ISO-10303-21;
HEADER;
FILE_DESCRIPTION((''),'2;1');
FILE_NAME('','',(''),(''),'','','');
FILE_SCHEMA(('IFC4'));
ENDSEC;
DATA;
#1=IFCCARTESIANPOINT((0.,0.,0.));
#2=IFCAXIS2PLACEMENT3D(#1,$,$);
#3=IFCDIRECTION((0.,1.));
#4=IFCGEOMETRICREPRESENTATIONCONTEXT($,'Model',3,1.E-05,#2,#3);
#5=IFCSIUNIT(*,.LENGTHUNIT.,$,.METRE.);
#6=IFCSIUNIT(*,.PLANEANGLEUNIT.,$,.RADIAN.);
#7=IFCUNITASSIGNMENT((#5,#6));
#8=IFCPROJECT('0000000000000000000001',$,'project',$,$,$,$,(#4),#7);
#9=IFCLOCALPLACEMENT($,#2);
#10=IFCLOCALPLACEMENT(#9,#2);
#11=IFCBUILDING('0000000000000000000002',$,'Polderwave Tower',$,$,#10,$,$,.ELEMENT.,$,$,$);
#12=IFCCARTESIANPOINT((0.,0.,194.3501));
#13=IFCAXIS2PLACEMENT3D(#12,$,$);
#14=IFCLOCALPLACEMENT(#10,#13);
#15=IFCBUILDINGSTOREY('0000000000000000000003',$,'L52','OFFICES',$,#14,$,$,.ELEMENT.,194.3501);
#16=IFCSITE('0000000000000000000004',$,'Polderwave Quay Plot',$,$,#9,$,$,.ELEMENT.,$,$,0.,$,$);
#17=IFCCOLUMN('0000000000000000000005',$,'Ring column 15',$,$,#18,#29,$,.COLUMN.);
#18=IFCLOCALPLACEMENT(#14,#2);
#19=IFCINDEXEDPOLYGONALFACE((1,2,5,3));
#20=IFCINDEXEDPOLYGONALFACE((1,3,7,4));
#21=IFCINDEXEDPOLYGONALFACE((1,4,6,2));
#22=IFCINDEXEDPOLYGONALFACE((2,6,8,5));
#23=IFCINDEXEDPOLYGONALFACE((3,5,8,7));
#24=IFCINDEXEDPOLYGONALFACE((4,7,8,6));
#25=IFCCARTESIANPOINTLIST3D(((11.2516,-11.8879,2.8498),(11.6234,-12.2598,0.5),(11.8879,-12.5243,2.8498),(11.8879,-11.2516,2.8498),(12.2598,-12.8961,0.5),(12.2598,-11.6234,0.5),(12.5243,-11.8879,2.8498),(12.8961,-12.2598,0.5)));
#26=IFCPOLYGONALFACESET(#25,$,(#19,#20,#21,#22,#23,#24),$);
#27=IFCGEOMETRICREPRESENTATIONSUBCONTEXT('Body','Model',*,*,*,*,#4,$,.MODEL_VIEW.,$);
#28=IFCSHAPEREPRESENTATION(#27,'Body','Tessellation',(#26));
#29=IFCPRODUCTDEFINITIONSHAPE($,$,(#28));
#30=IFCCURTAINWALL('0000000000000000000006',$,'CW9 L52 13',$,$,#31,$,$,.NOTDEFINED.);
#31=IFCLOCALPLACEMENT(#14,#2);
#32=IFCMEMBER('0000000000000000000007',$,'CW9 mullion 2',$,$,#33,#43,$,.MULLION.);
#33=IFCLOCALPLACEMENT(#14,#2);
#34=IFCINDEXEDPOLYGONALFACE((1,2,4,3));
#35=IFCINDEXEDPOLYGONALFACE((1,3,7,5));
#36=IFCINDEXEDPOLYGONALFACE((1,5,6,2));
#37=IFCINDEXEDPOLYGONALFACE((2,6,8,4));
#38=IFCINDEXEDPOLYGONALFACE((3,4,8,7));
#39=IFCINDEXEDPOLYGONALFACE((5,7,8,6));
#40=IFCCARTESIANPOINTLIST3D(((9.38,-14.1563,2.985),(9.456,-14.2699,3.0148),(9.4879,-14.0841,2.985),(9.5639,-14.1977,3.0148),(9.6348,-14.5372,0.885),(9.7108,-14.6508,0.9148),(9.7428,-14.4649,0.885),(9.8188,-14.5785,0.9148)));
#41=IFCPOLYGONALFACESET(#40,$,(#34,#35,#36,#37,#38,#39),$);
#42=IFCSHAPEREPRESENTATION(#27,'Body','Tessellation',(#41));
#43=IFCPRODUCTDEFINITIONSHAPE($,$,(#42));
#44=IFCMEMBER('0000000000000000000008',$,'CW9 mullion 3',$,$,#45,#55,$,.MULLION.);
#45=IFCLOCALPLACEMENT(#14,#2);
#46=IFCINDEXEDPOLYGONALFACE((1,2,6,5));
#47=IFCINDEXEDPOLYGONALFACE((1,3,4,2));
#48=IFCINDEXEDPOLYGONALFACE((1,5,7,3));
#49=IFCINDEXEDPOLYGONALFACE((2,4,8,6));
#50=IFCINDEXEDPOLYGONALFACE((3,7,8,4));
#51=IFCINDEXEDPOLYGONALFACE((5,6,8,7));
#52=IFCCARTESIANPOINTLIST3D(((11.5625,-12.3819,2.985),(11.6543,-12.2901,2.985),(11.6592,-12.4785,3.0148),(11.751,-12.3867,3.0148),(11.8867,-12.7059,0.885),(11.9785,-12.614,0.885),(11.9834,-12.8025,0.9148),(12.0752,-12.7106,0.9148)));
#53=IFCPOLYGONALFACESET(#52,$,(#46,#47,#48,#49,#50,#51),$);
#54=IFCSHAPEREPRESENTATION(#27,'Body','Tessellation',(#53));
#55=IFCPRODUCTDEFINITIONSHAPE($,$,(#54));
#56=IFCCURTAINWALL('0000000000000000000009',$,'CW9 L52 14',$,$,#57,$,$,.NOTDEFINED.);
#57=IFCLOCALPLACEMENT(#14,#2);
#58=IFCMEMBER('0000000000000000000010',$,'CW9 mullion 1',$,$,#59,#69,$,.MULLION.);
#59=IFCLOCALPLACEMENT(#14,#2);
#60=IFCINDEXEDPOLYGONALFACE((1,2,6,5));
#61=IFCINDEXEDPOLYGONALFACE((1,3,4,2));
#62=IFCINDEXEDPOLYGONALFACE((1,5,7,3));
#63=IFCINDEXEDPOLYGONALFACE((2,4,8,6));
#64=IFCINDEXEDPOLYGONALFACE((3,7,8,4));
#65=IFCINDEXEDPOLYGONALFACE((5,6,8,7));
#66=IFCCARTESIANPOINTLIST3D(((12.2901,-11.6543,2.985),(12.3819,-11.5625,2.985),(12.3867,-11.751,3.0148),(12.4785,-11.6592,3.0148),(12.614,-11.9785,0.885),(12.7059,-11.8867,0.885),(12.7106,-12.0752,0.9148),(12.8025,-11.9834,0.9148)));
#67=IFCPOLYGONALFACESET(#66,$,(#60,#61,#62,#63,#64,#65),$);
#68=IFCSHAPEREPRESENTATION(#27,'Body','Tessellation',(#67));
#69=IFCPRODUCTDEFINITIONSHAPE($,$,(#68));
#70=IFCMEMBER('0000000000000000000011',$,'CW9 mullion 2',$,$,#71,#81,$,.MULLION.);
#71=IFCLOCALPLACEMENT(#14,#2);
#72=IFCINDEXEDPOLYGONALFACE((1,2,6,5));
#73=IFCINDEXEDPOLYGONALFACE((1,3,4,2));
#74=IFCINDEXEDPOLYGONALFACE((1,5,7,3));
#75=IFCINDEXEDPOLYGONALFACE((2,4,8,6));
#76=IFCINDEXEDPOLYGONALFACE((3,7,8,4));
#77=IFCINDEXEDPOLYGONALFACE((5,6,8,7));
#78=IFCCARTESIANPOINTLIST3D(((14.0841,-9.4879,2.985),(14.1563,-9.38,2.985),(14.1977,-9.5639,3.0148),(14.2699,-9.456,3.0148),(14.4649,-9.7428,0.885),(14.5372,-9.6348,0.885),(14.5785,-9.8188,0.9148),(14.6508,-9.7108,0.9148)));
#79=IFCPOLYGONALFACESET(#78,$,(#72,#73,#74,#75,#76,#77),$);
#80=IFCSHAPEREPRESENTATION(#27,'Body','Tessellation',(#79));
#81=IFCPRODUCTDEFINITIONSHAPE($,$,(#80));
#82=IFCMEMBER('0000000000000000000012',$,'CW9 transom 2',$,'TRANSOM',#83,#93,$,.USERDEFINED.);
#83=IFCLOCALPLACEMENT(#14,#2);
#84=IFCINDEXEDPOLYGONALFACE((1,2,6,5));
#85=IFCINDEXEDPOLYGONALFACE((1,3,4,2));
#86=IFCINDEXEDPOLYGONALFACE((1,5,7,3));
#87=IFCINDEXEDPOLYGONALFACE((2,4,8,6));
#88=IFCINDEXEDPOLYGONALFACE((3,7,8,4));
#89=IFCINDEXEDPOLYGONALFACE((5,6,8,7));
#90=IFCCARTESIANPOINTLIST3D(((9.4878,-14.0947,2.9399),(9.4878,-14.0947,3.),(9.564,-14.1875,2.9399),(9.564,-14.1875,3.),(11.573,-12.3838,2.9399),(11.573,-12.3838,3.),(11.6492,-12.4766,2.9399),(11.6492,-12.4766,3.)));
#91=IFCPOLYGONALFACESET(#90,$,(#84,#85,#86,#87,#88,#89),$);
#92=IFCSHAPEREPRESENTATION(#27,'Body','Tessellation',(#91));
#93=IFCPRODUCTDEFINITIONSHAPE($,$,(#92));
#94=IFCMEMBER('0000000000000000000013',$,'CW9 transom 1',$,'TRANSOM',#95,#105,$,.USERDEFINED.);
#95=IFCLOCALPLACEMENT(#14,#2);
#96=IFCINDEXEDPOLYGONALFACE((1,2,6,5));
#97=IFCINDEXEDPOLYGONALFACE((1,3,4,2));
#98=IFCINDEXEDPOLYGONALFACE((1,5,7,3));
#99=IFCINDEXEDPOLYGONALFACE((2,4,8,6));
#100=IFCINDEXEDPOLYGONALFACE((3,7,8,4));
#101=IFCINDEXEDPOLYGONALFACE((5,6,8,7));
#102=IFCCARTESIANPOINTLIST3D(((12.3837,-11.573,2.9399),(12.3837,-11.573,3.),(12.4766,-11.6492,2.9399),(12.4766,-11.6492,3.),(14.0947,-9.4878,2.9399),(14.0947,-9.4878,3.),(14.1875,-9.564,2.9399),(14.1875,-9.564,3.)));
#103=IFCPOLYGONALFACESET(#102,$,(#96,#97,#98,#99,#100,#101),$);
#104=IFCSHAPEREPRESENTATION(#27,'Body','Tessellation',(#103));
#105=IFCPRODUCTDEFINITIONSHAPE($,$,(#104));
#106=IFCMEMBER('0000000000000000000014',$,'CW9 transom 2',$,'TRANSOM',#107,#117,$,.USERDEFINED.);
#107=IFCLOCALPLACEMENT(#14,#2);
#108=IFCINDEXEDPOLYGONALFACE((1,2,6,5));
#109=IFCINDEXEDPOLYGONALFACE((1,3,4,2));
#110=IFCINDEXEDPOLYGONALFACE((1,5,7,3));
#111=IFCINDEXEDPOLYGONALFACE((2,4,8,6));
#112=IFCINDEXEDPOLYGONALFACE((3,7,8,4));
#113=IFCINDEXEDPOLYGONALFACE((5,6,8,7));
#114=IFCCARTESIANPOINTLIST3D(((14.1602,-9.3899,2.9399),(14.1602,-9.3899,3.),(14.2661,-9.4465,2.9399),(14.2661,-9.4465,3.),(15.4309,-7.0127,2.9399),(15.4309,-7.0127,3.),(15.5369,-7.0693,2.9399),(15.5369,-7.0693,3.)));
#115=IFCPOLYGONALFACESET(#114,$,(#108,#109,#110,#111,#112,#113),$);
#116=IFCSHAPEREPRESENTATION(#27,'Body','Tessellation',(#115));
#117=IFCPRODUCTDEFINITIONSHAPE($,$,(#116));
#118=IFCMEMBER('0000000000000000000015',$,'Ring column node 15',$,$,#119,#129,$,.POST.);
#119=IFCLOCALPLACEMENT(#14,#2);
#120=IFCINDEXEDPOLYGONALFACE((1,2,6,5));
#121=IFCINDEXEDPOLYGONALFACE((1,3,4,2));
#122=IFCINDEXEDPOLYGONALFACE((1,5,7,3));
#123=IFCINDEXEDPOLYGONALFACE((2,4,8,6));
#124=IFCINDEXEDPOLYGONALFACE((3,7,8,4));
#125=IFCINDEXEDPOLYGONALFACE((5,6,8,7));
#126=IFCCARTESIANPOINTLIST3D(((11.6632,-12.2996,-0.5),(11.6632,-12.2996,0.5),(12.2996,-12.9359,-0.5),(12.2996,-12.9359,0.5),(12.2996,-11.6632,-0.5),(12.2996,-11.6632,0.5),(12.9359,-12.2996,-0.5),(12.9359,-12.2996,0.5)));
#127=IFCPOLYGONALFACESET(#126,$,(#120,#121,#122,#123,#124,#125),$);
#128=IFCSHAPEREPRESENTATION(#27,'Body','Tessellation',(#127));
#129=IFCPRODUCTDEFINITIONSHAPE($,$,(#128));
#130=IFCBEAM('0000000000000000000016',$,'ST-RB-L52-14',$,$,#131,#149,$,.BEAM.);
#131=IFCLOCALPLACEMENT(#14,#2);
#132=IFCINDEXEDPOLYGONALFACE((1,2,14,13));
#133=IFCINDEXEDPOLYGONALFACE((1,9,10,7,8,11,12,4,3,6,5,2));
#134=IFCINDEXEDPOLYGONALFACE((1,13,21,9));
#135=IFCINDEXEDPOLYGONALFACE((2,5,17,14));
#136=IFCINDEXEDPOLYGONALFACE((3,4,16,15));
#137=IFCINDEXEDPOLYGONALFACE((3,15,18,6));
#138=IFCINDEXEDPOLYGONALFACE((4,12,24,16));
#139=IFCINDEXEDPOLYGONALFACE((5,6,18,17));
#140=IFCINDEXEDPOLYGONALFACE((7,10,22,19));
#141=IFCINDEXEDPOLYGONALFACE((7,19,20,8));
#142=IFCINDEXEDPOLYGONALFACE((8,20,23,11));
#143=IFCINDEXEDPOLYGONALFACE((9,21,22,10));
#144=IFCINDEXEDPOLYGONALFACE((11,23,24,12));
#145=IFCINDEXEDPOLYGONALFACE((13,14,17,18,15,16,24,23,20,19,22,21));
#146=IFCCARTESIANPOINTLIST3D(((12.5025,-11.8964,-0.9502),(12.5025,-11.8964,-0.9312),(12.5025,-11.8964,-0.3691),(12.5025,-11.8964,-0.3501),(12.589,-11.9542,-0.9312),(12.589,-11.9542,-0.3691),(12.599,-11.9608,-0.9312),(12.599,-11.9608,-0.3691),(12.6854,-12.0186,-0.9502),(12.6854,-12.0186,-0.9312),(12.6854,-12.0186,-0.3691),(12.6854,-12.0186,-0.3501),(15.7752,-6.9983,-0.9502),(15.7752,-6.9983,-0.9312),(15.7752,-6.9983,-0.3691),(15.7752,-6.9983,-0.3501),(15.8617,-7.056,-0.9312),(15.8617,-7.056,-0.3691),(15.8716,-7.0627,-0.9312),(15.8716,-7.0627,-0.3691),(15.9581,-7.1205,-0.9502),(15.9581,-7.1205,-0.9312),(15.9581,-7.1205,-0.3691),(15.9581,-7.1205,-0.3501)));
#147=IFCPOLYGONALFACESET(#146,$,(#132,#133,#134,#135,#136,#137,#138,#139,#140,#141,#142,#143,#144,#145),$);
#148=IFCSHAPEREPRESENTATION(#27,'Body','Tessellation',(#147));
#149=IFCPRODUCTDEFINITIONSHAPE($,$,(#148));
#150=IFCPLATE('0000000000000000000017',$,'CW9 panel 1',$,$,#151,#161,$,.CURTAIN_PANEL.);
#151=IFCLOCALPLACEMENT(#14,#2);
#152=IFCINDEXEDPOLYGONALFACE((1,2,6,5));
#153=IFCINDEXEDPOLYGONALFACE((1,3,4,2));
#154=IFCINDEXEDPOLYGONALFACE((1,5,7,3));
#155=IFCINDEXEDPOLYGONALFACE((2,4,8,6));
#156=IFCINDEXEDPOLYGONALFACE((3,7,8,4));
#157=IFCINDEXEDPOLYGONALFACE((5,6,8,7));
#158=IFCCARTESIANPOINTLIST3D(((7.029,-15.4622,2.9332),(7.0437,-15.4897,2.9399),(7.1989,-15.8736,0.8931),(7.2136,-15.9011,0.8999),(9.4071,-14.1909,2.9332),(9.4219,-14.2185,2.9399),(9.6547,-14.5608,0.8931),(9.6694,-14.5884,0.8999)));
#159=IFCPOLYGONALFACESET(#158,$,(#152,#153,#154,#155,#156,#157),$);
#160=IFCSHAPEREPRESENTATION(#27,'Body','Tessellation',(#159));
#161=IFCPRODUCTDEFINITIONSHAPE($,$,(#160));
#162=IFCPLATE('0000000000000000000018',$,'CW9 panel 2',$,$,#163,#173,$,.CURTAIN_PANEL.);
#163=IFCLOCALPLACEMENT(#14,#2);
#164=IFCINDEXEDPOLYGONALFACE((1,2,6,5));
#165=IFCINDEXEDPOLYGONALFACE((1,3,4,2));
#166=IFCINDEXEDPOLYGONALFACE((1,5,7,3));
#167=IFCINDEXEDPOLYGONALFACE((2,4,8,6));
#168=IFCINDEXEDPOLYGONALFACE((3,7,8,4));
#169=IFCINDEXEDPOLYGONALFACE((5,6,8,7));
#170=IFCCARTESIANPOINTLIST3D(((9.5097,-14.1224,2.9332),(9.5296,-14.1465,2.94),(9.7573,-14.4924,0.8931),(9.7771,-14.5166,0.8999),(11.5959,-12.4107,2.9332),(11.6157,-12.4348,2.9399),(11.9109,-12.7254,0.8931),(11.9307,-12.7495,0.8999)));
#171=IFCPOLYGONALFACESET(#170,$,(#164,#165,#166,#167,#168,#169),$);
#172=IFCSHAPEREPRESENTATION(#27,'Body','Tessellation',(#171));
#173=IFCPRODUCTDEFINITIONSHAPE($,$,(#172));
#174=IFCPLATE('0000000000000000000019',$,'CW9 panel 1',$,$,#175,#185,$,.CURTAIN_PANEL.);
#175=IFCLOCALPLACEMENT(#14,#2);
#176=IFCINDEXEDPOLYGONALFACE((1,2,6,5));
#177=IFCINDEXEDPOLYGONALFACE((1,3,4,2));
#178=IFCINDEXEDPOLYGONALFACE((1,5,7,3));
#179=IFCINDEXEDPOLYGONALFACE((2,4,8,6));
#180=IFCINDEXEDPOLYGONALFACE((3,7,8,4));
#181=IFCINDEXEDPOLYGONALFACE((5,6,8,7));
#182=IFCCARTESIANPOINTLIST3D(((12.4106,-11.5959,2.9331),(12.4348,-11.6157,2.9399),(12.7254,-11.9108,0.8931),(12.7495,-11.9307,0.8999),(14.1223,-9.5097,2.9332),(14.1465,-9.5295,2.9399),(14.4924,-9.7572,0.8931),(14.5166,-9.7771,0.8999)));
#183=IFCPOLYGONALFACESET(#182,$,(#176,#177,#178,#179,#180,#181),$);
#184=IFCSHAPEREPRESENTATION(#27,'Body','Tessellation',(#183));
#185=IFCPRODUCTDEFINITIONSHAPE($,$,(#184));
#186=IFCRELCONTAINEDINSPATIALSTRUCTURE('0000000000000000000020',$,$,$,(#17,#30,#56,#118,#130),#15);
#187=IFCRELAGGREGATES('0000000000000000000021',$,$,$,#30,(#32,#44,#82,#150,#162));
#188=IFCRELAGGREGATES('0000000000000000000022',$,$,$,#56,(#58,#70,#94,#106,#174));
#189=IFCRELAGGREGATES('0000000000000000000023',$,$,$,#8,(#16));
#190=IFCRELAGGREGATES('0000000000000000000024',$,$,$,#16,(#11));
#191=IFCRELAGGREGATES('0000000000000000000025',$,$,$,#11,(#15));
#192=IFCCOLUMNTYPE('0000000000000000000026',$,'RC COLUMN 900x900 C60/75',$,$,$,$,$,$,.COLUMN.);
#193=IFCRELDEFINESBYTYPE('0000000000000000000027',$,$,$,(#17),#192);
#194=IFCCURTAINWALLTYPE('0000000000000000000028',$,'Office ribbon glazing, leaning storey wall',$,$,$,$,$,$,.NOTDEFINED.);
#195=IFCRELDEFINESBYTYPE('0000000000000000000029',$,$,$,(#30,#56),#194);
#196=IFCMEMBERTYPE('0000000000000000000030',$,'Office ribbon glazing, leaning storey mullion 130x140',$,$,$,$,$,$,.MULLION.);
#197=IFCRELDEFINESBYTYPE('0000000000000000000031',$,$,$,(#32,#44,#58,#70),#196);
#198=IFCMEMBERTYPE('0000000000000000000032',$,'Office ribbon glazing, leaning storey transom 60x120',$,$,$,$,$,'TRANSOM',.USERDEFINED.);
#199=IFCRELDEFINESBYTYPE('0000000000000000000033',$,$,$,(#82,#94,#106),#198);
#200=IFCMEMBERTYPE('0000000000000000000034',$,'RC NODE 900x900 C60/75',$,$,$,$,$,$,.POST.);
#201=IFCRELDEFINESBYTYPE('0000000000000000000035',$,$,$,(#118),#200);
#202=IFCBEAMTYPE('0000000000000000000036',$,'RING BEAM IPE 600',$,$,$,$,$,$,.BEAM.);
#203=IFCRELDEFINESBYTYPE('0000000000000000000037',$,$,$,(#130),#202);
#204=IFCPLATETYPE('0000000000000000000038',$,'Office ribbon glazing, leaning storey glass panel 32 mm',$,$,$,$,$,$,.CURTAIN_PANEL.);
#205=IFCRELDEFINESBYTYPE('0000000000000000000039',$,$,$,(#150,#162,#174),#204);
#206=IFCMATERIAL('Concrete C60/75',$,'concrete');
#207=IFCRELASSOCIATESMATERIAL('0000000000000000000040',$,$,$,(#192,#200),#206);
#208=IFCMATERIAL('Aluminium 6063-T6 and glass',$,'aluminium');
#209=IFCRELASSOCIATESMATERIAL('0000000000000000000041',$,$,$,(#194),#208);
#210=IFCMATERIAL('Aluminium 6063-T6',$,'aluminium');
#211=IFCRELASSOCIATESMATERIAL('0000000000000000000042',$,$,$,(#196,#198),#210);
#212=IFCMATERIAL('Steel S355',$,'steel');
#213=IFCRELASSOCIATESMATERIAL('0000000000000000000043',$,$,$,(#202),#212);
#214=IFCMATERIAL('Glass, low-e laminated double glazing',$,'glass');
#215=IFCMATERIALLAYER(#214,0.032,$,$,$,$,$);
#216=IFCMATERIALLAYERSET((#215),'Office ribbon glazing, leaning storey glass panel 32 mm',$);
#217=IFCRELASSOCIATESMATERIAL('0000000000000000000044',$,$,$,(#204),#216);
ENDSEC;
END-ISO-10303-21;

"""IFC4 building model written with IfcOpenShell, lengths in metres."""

from ifc_helpers import new_model, si_unit, direction, frame, origin, origin_2d, place, context, subcontext, project, spatial, polyline, rectangle, i_section, outline, extrude, material, layer, layer_set, material_profile, profile_set, type_object, element, aggregate, save


model = new_model("IFC4")

# Units and contexts
model_context = context("Model", 3, precision=1e-05, world=origin(), true_north=direction((0.0, 1.0)))
body_context = subcontext(model_context, "Body", "Model", "MODEL_VIEW")
ifc_project = project(units=[si_unit("LENGTHUNIT", "METRE"), si_unit("PLANEANGLEUNIT", "RADIAN")], contexts=[model_context])

# Site, building, storey
site_placement = place(None, origin())
site = spatial("IfcSite", under=ifc_project, at=site_placement, Name="Polderwave Quay Plot", CompositionType="ELEMENT", RefElevation=0.0)
building_placement = place(site_placement, origin())
building = spatial("IfcBuilding", under=site, at=building_placement, Name="Polderwave Tower", CompositionType="ELEMENT")
storey_placement = place(building_placement, frame((0.0, 0.0, 194.3501)))
storey = spatial("IfcBuildingStorey", under=building, at=storey_placement, Name="L52", Description="OFFICES", CompositionType="ELEMENT", Elevation=194.3501)

# Column
ifc_material_1 = material(Name="Concrete C60/75", Category="concrete")
ifc_material_profile_1 = material_profile(ifc_material_1, rectangle(XDim=0.8999, YDim=0.8999, at=origin_2d()), Name="RC 900x900")
ifc_profile_set_1 = profile_set([ifc_material_profile_1], Name="Concrete C60/75")
column_type = type_object("IfcColumnType", Name="RC COLUMN 900x900 C60/75", PredefinedType="COLUMN", material=ifc_profile_set_1)
column_placement = place(storey_placement, frame((12.2598, -12.2598, 0.5), z_axis=(0.0, 0.0, 1.0), x_axis=(-0.707107, -0.707107, 0.0)))
element("IfcColumn", 1, at=column_placement, inside=storey, type_object=column_type, Name="Ring column 15", PredefinedType="COLUMN", context=body_context, shape_type="SweptSolid", body=[
    extrude(rectangle(XDim=0.8999, YDim=0.8999, at=origin_2d()), origin(), (0.0, -0.218375, 0.975865), 2.408),
])

# Curtain walls, members
ifc_material_2 = material(Name="Aluminium 6063-T6 and glass", Category="aluminium")
curtain_wall_type = type_object("IfcCurtainWallType", Name="Office ribbon glazing, leaning storey wall", PredefinedType="NOTDEFINED", material=ifc_material_2)
curtain_wall_1_placement = place(storey_placement, origin())
curtain_wall_1 = element("IfcCurtainWall", 2, at=curtain_wall_1_placement, inside=storey, type_object=curtain_wall_type, Name="CW9 L52 13", PredefinedType="NOTDEFINED")
ifc_material_3 = material(Name="Aluminium 6063-T6", Category="aluminium")
ifc_material_profile_2 = material_profile(ifc_material_3, rectangle(XDim=0.1299, YDim=0.1399, at=origin_2d()), Name="AL 130x140")
ifc_profile_set_2 = profile_set([ifc_material_profile_2], Name="Aluminium 6063-T6")
member_type_1 = type_object("IfcMemberType", Name="Office ribbon glazing, leaning storey mullion 130x140", PredefinedType="MULLION", material=ifc_profile_set_2)
member_1_placement = place(storey_placement, frame((9.7268, -14.5579, 0.8999), z_axis=(-0.118577, 0.177184, 0.977008), x_axis=(-0.831065, -0.556175, 0.0)))
member_1 = element("IfcMember", 3, at=member_1_placement, type_object=member_type_1, Name="CW9 mullion 2", PredefinedType="MULLION", context=body_context, shape_type="SweptSolid", body=[
    extrude(rectangle(XDim=0.1299, YDim=0.1399, at=origin_2d()), origin(), (0.0, 0.0, 1.0), 2.1494),
])
member_2_placement = place(storey_placement, frame((11.981, -12.7083, 0.8999), z_axis=(-0.150832, 0.150719, 0.977002), x_axis=(-0.70684, -0.707373, 0.0)))
member_2 = element("IfcMember", 4, at=member_2_placement, type_object=member_type_1, Name="CW9 mullion 3", PredefinedType="MULLION", context=body_context, shape_type="SweptSolid", body=[
    extrude(rectangle(XDim=0.1299, YDim=0.1399, at=origin_2d()), origin(), (0.0, 0.0, 1.0), 2.1494),
])
curtain_wall_2_placement = place(storey_placement, origin())
curtain_wall_2 = element("IfcCurtainWall", 5, at=curtain_wall_2_placement, inside=storey, type_object=curtain_wall_type, Name="CW9 L52 14", PredefinedType="NOTDEFINED")
member_3_placement = place(storey_placement, frame((12.7083, -11.981, 0.8999), z_axis=(-0.150719, 0.150832, 0.977002), x_axis=(-0.707373, -0.70684, 0.0)))
member_3 = element("IfcMember", 6, at=member_3_placement, type_object=member_type_1, Name="CW9 mullion 1", PredefinedType="MULLION", context=body_context, shape_type="SweptSolid", body=[
    extrude(rectangle(XDim=0.1299, YDim=0.1399, at=origin_2d()), origin(), (0.0, 0.0, 1.0), 2.1494),
])
member_4_placement = place(storey_placement, frame((14.5579, -9.7268, 0.8999), z_axis=(-0.177184, 0.118577, 0.977008), x_axis=(-0.556175, -0.831065, 0.0)))
member_4 = element("IfcMember", 7, at=member_4_placement, type_object=member_type_1, Name="CW9 mullion 2", PredefinedType="MULLION", context=body_context, shape_type="SweptSolid", body=[
    extrude(rectangle(XDim=0.1299, YDim=0.1399, at=origin_2d()), origin(), (0.0, 0.0, 1.0), 2.1494),
])

# Members
ifc_material_profile_3 = material_profile(ifc_material_3, rectangle(XDim=0.1201, YDim=0.0601, at=origin_2d()), Name="AL 60x120")
ifc_profile_set_3 = profile_set([ifc_material_profile_3], Name="Aluminium 6063-T6")
member_type_2 = type_object("IfcMemberType", Name="Office ribbon glazing, leaning storey transom 60x120", ElementType="TRANSOM", PredefinedType="USERDEFINED", material=ifc_profile_set_3)
member_5_placement = place(storey_placement, frame((9.5259, -14.1411, 2.97), z_axis=(0.773073, 0.634317, 0.0), x_axis=(-0.634317, 0.773073, 0.0)))
member_5 = element("IfcMember", 8, at=member_5_placement, type_object=member_type_2, Name="CW9 transom 2", ObjectType="TRANSOM", PredefinedType="USERDEFINED", context=body_context, shape_type="SweptSolid", body=[
    extrude(rectangle(XDim=0.1201, YDim=0.0601, at=origin_2d()), origin(), (0.0, 0.0, 1.0), 2.6973),
])
member_6_placement = place(storey_placement, frame((12.4302, -11.6111, 2.97), z_axis=(0.634317, 0.773073, 0.0), x_axis=(-0.773073, 0.634317, 0.0)))
member_6 = element("IfcMember", 9, at=member_6_placement, type_object=member_type_2, Name="CW9 transom 1", ObjectType="TRANSOM", PredefinedType="USERDEFINED", context=body_context, shape_type="SweptSolid", body=[
    extrude(rectangle(XDim=0.1201, YDim=0.0601, at=origin_2d()), origin(), (0.0, 0.0, 1.0), 2.6973),
])
member_7_placement = place(storey_placement, frame((14.2131, -9.4182, 2.97), z_axis=(0.471429, 0.881904, 0.0), x_axis=(-0.881904, 0.471429, 0.0)))
member_7 = element("IfcMember", 10, at=member_7_placement, type_object=member_type_2, Name="CW9 transom 2", ObjectType="TRANSOM", PredefinedType="USERDEFINED", context=body_context, shape_type="SweptSolid", body=[
    extrude(rectangle(XDim=0.1201, YDim=0.0601, at=origin_2d()), origin(), (0.0, 0.0, 1.0), 2.6956),
])
ifc_material_profile_4 = material_profile(ifc_material_1, rectangle(XDim=0.8999, YDim=0.8999, at=origin_2d()), Name="RC 900x900")
ifc_profile_set_4 = profile_set([ifc_material_profile_4], Name="Concrete C60/75")
member_type_3 = type_object("IfcMemberType", Name="RC NODE 900x900 C60/75", PredefinedType="POST", material=ifc_profile_set_4)
member_8_placement = place(storey_placement, frame((12.2996, -12.2996, -0.5), z_axis=(0.0, 0.0, 1.0), x_axis=(0.707107, -0.707107, 0.0)))
element("IfcMember", 11, at=member_8_placement, inside=storey, type_object=member_type_3, Name="Ring column node 15", PredefinedType="POST", context=body_context, shape_type="SweptSolid", body=[
    extrude(rectangle(XDim=0.8999, YDim=0.8999, at=origin_2d()), origin(), (0.0, 0.0, 1.0), 1.0),
])

# Beam
ifc_material_4 = material(Name="Steel S355", Category="steel")
ifc_material_profile_5 = material_profile(ifc_material_4, i_section(OverallWidth=0.22, OverallDepth=0.6001, WebThickness=0.012, FlangeThickness=0.019, at=origin_2d()), Name="IPE 600")
ifc_profile_set_5 = profile_set([ifc_material_profile_5], Name="Steel S355")
beam_type = type_object("IfcBeamType", Name="RING BEAM IPE 600", PredefinedType="BEAM", material=ifc_profile_set_5)
beam_placement = place(storey_placement, frame((12.594, -11.9575, -0.6501), z_axis=(0.555551, 0.831482, 0.0), x_axis=(-0.831482, 0.555551, 0.0)))
element("IfcBeam", 12, at=beam_placement, inside=storey, type_object=beam_type, Name="ST-RB-L52-14", PredefinedType="BEAM", context=body_context, shape_type="SweptSolid", body=[
    extrude(i_section(OverallWidth=0.22, OverallDepth=0.6001, WebThickness=0.012, FlangeThickness=0.019, at=origin_2d()), origin(), (0.0, 0.0, 1.0), 5.8909),
])

# Plates
ifc_material_5 = material(Name="Glass, low-e laminated double glazing", Category="glass")
ifc_layer_1 = layer(ifc_material_5, 0.032)
ifc_layer_set_1 = layer_set([ifc_layer_1], Name="Office ribbon glazing, leaning storey glass panel 32 mm")
plate_type = type_object("IfcPlateType", Name="Office ribbon glazing, leaning storey glass panel 32 mm", PredefinedType="CURTAIN_PANEL", material=ifc_layer_set_1)
plate_1_placement = place(storey_placement, frame((7.2136, -15.9011, 0.8999), z_axis=(0.460688, -0.861832, 0.212161), x_axis=(0.881909, 0.47142, 0.0)))
plate_1 = element("IfcPlate", 13, at=plate_1_placement, type_object=plate_type, Name="CW9 panel 1", PredefinedType="CURTAIN_PANEL", context=body_context, shape_type="SweptSolid", body=[
    extrude(outline(polyline([(0.0, 0.0), (2.7847, 0.0), (2.7407, 2.0876), (0.0441, 2.0876), (0.0, 0.0)])), origin(), (0.0, 0.0, -1.0), 0.032),
])
plate_2_placement = place(storey_placement, frame((9.7771, -14.5166, 0.8999), z_axis=(0.619862, -0.755459, 0.212256), x_axis=(0.773073, 0.634317, 0.000004)))
plate_2 = element("IfcPlate", 14, at=plate_2_placement, type_object=plate_type, Name="CW9 panel 2", PredefinedType="CURTAIN_PANEL", context=body_context, shape_type="SweptSolid", body=[
    extrude(outline(polyline([(0.0, 0.0), (2.7858, 0.0), (2.7419, 2.0876), (0.0434, 2.0876), (0.0, 0.0)])), origin(), (0.0, 0.0, -1.0), 0.032),
])
aggregate(curtain_wall_1, [member_1, member_2, member_5, plate_1, plate_2])
plate_3_placement = place(storey_placement, frame((12.7495, -11.9307, 0.8999), z_axis=(0.755459, -0.619862, 0.212256), x_axis=(0.634317, 0.773073, -0.000004)))
plate_3 = element("IfcPlate", 15, at=plate_3_placement, type_object=plate_type, Name="CW9 panel 1", PredefinedType="CURTAIN_PANEL", context=body_context, shape_type="SweptSolid", body=[
    extrude(outline(polyline([(0.0, 0.0), (2.7858, 0.0), (2.7424, 2.0876), (0.0438, 2.0876), (0.0, 0.0)])), origin(), (0.0, 0.0, -1.0), 0.032),
])
aggregate(curtain_wall_2, [member_3, member_4, member_6, member_7, plate_3])

save(model, "model.ifc")
